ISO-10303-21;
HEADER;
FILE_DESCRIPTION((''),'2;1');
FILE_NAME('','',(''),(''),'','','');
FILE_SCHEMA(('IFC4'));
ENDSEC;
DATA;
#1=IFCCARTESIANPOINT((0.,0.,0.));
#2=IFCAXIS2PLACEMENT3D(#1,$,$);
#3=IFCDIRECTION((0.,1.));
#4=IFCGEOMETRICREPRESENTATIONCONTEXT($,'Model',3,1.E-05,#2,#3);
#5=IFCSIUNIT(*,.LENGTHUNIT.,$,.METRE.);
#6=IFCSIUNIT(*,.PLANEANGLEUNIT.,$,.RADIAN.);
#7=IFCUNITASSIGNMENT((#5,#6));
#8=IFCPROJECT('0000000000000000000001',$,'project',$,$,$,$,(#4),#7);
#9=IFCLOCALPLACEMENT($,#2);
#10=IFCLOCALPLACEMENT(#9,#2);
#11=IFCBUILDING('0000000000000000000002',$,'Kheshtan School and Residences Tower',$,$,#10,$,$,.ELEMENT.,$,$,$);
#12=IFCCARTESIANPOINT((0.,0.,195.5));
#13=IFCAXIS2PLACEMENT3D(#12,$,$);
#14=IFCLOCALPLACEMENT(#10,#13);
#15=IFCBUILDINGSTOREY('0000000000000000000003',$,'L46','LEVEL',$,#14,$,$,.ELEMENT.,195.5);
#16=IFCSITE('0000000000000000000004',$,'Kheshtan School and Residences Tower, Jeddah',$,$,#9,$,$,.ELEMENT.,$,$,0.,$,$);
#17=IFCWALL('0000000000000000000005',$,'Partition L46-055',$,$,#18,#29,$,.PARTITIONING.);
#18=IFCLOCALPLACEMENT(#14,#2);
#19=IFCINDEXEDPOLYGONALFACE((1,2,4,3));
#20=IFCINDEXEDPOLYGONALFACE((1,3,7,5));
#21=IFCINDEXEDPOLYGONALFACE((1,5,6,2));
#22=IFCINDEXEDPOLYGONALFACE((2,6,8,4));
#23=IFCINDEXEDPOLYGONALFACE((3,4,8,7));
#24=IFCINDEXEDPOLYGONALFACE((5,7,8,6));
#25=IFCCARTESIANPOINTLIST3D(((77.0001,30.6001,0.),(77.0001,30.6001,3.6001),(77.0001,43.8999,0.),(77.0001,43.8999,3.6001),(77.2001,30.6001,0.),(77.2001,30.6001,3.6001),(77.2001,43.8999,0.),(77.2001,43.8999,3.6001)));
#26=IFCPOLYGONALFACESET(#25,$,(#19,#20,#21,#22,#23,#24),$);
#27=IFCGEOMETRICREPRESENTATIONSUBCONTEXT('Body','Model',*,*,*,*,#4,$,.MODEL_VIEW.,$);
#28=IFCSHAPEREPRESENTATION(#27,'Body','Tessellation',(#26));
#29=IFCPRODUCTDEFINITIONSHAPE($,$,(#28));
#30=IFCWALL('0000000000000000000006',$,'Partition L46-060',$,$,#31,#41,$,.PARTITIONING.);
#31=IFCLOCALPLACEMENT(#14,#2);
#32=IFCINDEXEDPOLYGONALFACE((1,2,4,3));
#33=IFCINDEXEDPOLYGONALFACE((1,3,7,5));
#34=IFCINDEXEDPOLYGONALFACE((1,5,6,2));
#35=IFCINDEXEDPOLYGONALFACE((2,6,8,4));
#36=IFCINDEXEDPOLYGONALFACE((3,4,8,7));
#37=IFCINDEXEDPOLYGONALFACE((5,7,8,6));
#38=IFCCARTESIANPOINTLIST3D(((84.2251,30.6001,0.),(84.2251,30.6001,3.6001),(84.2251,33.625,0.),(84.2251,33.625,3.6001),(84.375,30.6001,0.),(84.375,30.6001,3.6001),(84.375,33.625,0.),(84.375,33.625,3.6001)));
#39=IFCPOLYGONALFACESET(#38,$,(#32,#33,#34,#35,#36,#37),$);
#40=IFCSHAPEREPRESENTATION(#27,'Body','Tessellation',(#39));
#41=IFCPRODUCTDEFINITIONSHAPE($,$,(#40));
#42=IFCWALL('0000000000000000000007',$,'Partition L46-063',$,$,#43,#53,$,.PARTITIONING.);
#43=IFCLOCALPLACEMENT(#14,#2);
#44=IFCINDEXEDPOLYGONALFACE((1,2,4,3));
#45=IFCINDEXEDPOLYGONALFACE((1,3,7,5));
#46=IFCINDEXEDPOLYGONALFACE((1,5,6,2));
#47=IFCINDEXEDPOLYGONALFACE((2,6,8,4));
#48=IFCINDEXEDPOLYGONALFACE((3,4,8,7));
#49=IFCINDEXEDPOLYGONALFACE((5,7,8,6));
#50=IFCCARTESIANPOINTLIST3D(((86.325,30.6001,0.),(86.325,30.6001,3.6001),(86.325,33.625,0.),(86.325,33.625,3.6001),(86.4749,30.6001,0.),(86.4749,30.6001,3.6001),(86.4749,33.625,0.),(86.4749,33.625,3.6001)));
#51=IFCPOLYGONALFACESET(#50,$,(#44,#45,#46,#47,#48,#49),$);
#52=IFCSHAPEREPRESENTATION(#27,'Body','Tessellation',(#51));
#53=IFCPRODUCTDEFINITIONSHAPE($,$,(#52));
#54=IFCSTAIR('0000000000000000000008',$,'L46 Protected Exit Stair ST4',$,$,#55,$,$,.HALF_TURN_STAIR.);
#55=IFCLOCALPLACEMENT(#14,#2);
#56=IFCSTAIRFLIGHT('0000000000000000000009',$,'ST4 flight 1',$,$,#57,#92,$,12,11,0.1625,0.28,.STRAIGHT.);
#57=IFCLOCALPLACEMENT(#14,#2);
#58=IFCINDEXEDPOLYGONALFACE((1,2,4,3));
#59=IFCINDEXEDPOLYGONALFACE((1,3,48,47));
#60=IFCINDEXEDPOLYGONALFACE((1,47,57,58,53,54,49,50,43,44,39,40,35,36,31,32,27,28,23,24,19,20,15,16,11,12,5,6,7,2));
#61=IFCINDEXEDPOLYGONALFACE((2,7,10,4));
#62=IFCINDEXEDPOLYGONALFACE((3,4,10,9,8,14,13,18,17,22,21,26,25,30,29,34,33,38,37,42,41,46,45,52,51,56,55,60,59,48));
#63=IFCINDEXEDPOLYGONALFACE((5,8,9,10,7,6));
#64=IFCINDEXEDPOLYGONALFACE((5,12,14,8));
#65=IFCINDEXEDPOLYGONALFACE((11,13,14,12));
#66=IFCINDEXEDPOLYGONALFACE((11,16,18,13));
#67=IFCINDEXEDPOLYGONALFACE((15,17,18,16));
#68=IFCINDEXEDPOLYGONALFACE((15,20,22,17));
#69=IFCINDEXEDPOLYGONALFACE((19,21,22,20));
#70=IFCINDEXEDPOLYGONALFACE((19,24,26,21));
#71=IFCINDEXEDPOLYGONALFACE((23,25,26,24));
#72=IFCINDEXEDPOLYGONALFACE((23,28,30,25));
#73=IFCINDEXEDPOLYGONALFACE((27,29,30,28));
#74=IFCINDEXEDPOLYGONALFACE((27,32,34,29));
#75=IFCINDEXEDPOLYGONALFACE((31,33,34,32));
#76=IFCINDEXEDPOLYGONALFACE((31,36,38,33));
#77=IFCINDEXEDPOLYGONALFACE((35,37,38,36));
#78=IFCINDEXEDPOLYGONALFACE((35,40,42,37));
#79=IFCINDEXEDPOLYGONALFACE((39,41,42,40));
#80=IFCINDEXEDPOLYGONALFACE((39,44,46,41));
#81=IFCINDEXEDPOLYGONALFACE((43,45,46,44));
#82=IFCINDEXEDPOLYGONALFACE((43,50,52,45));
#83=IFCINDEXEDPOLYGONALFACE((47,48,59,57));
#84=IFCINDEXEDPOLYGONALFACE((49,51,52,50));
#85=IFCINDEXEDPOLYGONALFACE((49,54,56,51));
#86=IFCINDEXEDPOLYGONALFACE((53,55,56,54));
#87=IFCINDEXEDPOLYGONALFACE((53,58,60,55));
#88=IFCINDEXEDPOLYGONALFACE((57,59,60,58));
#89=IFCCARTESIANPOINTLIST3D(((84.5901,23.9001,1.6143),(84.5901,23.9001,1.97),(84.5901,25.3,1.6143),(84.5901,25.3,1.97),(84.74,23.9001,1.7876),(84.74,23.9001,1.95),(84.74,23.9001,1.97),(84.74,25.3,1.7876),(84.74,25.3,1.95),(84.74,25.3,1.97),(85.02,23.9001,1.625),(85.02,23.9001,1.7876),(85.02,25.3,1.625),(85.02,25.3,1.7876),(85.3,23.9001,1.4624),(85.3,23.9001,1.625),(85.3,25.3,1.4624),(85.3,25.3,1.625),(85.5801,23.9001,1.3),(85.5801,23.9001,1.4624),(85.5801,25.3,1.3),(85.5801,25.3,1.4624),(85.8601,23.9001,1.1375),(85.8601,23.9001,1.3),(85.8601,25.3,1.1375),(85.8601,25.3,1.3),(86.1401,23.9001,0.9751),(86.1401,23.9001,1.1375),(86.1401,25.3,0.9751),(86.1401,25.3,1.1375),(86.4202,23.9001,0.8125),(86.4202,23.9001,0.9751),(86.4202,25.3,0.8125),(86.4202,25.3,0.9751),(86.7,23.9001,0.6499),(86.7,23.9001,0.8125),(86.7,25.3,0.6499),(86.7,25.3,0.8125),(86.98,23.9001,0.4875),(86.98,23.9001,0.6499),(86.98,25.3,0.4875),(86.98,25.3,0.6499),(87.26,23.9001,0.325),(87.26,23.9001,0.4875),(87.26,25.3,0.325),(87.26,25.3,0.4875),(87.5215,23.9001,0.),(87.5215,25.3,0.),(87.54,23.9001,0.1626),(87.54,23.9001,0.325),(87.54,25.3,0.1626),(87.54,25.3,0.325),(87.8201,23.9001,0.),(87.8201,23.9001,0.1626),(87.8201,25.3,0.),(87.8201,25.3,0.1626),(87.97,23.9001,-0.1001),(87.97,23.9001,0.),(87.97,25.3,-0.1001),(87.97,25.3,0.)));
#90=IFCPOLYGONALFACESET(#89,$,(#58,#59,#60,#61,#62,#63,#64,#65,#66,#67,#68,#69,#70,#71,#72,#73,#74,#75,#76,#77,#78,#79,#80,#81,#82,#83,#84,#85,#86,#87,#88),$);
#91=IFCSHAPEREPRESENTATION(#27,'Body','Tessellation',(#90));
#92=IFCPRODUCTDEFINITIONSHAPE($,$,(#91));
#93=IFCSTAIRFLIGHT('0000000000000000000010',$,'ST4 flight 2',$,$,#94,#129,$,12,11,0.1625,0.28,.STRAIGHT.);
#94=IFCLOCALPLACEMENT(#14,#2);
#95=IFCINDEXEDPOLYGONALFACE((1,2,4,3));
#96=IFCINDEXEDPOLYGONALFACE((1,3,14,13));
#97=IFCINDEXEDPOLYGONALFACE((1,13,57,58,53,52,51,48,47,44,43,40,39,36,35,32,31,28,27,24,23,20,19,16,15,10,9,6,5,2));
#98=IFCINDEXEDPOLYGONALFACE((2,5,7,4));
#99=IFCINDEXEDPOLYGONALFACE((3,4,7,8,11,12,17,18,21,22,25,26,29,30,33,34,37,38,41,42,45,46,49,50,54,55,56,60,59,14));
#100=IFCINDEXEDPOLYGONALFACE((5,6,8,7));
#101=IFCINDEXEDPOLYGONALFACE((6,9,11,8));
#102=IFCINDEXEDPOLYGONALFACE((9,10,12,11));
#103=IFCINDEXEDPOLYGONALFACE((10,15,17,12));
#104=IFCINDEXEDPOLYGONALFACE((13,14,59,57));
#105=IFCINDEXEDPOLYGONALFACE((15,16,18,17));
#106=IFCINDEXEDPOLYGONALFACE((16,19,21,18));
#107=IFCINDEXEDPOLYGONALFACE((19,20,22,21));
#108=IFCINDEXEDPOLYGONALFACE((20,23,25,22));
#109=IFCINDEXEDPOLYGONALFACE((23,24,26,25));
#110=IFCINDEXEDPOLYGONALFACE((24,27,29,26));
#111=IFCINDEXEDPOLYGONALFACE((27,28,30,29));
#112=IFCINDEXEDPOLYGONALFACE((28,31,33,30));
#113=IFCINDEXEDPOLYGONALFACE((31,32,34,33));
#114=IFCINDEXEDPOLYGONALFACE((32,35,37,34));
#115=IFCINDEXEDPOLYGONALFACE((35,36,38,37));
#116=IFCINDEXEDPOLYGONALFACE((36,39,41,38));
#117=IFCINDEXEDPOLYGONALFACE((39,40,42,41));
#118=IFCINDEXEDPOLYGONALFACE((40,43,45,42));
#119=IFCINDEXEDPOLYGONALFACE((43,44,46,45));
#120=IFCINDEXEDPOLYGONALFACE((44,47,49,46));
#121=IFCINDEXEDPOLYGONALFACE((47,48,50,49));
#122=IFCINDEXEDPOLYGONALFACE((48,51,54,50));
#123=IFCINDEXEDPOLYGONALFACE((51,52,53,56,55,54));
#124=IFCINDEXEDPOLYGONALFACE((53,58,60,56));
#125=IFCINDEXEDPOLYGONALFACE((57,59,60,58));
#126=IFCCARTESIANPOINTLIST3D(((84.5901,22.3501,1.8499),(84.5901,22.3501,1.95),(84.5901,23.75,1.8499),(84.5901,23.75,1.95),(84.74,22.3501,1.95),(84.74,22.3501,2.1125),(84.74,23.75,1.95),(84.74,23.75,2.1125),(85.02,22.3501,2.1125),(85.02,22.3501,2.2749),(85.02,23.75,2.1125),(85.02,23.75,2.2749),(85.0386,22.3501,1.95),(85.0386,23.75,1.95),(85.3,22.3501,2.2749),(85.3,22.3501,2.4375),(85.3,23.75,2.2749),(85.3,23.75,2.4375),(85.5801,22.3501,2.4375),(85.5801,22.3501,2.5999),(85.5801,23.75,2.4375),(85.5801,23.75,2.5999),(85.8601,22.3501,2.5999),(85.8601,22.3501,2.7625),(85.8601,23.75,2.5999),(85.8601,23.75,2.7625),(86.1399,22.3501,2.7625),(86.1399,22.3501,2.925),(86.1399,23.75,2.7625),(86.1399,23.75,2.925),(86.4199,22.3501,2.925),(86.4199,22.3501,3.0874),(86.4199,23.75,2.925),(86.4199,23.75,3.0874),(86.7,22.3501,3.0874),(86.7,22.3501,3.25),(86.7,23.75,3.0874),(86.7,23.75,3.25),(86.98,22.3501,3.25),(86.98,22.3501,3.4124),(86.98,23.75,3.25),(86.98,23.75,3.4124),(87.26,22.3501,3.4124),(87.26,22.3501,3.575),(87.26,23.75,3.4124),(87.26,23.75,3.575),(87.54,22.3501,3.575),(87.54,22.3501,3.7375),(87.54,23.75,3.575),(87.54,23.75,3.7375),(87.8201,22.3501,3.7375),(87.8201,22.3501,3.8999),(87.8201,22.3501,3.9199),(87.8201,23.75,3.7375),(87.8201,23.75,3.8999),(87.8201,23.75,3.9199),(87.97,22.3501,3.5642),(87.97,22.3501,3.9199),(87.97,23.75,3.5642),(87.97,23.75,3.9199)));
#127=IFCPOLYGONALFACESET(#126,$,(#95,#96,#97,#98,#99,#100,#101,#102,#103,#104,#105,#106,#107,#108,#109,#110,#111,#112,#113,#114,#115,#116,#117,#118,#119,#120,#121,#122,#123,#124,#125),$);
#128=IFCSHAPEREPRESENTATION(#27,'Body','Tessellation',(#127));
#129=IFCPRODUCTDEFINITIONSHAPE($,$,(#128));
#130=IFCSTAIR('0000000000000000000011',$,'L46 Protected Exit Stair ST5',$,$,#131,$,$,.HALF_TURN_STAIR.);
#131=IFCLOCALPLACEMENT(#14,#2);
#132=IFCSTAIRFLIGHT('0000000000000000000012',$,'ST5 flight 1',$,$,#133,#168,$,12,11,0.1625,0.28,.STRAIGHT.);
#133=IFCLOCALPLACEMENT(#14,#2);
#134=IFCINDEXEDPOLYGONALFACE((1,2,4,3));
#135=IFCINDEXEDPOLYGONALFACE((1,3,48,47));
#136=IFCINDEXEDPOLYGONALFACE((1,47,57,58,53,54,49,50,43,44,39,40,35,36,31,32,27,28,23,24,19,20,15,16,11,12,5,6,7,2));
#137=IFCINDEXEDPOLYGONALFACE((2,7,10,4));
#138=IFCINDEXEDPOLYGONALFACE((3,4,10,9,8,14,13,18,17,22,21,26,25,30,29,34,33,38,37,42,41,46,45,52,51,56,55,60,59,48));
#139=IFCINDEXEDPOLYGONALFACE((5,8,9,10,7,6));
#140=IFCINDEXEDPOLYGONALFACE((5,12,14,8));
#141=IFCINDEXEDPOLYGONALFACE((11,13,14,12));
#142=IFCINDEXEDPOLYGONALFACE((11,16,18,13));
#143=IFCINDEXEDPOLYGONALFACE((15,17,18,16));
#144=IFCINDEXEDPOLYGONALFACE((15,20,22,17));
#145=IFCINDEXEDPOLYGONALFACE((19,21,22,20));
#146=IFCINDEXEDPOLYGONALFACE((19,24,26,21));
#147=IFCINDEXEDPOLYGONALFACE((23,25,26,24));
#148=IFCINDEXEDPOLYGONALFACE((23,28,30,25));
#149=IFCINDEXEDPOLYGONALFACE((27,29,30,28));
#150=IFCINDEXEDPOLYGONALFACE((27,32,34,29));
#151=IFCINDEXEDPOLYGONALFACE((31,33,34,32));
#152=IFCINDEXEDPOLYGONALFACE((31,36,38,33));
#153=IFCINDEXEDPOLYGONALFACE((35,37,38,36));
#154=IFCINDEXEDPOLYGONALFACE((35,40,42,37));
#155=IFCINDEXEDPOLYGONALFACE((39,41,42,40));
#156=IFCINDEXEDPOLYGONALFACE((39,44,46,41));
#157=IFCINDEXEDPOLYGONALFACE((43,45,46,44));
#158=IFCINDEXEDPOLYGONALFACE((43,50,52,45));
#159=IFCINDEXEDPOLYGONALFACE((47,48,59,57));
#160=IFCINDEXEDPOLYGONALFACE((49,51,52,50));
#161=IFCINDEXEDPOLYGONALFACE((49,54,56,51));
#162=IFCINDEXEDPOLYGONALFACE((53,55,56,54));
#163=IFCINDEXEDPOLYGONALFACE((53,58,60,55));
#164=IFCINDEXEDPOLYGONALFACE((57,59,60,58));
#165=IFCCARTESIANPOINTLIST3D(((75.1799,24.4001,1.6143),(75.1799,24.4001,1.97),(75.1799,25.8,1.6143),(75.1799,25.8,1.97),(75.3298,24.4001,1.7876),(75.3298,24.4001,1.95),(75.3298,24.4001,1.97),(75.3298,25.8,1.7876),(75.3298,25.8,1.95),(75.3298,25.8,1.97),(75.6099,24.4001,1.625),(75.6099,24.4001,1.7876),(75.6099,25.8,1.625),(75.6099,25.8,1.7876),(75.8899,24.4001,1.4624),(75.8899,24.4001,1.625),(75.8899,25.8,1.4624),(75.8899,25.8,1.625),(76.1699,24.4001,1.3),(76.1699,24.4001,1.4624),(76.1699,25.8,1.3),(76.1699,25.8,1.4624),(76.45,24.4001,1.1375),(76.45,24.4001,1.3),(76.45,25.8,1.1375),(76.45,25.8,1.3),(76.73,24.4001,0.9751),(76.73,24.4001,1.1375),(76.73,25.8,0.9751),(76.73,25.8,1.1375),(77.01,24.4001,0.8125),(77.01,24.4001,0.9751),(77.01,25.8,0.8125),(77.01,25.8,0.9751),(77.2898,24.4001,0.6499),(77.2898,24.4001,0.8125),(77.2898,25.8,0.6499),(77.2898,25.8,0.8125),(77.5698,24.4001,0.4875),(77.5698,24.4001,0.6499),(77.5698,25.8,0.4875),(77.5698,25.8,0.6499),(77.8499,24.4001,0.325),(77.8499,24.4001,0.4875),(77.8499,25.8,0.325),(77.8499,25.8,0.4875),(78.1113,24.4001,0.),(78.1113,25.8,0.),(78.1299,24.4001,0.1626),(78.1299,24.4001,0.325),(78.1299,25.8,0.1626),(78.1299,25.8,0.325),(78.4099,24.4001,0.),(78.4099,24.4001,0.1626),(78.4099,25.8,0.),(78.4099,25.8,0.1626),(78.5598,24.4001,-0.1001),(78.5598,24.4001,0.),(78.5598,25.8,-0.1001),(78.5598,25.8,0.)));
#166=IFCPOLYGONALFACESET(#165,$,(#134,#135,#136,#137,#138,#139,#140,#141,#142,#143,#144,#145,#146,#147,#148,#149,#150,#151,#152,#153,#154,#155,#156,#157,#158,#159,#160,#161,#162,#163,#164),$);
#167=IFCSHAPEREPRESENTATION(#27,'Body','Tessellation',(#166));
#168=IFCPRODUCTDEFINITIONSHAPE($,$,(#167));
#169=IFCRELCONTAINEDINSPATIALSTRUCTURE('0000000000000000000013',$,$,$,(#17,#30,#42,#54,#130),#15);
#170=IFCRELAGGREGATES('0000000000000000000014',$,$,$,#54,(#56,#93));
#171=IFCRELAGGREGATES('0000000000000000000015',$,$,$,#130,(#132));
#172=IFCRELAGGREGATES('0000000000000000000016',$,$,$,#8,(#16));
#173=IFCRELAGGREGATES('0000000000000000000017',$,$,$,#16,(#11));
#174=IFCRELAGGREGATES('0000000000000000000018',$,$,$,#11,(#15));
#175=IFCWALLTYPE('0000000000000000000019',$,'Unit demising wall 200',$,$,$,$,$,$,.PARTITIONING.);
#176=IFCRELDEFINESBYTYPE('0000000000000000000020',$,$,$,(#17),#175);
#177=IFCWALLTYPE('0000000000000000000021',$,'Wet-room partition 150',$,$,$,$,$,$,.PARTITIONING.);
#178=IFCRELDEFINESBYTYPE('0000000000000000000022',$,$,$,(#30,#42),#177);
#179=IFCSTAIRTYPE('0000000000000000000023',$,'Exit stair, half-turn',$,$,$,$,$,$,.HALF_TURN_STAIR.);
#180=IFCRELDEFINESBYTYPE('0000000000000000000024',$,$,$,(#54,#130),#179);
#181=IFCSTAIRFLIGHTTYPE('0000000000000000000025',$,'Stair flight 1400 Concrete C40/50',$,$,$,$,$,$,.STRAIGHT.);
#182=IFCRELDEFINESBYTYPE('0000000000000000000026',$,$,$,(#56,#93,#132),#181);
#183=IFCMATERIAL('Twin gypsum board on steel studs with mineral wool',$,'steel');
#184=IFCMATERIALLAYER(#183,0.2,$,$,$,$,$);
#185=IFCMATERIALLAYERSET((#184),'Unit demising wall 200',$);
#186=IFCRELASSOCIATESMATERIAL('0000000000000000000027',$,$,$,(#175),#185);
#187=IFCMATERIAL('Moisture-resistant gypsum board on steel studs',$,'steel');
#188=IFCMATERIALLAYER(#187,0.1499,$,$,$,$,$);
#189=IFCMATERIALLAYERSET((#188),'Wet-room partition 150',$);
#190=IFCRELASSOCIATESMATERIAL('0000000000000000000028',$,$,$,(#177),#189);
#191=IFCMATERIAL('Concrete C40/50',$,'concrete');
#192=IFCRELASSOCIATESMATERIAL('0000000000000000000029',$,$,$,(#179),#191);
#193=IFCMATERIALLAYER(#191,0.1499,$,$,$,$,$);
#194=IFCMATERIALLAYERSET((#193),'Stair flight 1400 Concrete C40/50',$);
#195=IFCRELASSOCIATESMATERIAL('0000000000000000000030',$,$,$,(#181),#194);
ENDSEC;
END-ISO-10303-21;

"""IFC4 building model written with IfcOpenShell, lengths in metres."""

from ifc_helpers import new_model, si_unit, direction, frame, frame_2d, origin, place, context, subcontext, project, spatial, polyline, rectangle, outline, extrude, material, layer, layer_set, type_object, element, aggregate, save


model = new_model("IFC4")

# Units and contexts
model_context = context("Model", 3, precision=1e-05, world=origin(), true_north=direction((0.0, 1.0)))
body_context = subcontext(model_context, "Body", "Model", "MODEL_VIEW")
ifc_project = project(units=[si_unit("LENGTHUNIT", "METRE"), si_unit("PLANEANGLEUNIT", "RADIAN")], contexts=[model_context])

# Site, building, storey
site_placement = place(None, origin())
site = spatial("IfcSite", under=ifc_project, at=site_placement, Name="Kheshtan School and Residences Tower, Jeddah", CompositionType="ELEMENT", RefElevation=0.0)
building_placement = place(site_placement, origin())
building = spatial("IfcBuilding", under=site, at=building_placement, Name="Kheshtan School and Residences Tower", CompositionType="ELEMENT")
storey_placement = place(building_placement, frame((0.0, 0.0, 195.5)))
storey = spatial("IfcBuildingStorey", under=building, at=storey_placement, Name="L46", Description="LEVEL", CompositionType="ELEMENT", Elevation=195.5)

# Shared definitions
ifc_material_1 = material(Name="Concrete C40/50", Category="concrete")

# Walls
ifc_material_2 = material(Name="Twin gypsum board on steel studs with mineral wool", Category="steel")
ifc_layer_1 = layer(ifc_material_2, 0.2)
ifc_layer_set_1 = layer_set([ifc_layer_1], Name="Unit demising wall 200")
wall_type_1 = type_object("IfcWallType", Name="Unit demising wall 200", PredefinedType="PARTITIONING", material=ifc_layer_set_1)
wall_1_placement = place(storey_placement, frame((77.1001, 30.6001, 0.0), z_axis=(0.0, 0.0, 1.0), x_axis=(0.0, 1.0, 0.0)))
element("IfcWall", 1, at=wall_1_placement, inside=storey, type_object=wall_type_1, Name="Partition L46-055", PredefinedType="PARTITIONING", context=body_context, shape_type="SweptSolid", body=[
    extrude(rectangle(XDim=13.2998, YDim=0.2, at=frame_2d((6.6499, 0.0))), origin(), (0.0, 0.0, 1.0), 3.6001),
])
ifc_material_3 = material(Name="Moisture-resistant gypsum board on steel studs", Category="steel")
ifc_layer_2 = layer(ifc_material_3, 0.1499)
ifc_layer_set_2 = layer_set([ifc_layer_2], Name="Wet-room partition 150")
wall_type_2 = type_object("IfcWallType", Name="Wet-room partition 150", PredefinedType="PARTITIONING", material=ifc_layer_set_2)
for number, where, z_axis, x_axis, name in (
    (2, (84.3, 30.6001, 0.0), (0.0, 0.0, 1.0), (0.0, 1.0, 0.0), "Partition L46-060"),
    (3, (86.3999, 30.6001, 0.0), (0.0, 0.0, 1.0), (0.0, 1.0, 0.0), "Partition L46-063"),
):
    element("IfcWall", number, at=place(storey_placement, frame(where, z_axis=z_axis, x_axis=x_axis)), inside=storey, type_object=wall_type_2, Name=name, PredefinedType="PARTITIONING", context=body_context, shape_type="SweptSolid", body=[
        extrude(rectangle(XDim=3.0249, YDim=0.1499, at=frame_2d((1.5125, 0.0))), origin(), (0.0, 0.0, 1.0), 3.6001),
    ])

# Stair, stair flights
stair_type = type_object("IfcStairType", Name="Exit stair, half-turn", PredefinedType="HALF_TURN_STAIR", material=ifc_material_1)
stair_1_placement = place(storey_placement, origin())
stair_1 = element("IfcStair", 4, at=stair_1_placement, inside=storey, type_object=stair_type, Name="L46 Protected Exit Stair ST4", PredefinedType="HALF_TURN_STAIR")
ifc_layer_3 = layer(ifc_material_1, 0.1499)
ifc_layer_set_3 = layer_set([ifc_layer_3], Name="Stair flight 1400 Concrete C40/50")
stair_flight_type = type_object("IfcStairFlightType", Name="Stair flight 1400 Concrete C40/50", PredefinedType="STRAIGHT", material=ifc_layer_set_3)
stair_flight_1_placement = place(storey_placement, frame((87.8201, 24.6001, 0.0), z_axis=(0.0, 0.0, 1.0), x_axis=(-1.0, 0.0, 0.0)))
stair_flight_1 = element("IfcStairFlight", 5, at=stair_flight_1_placement, type_object=stair_flight_type, Name="ST4 flight 1", NumberOfRisers=12, NumberOfTreads=11, PredefinedType="STRAIGHT", RiserHeight=0.1625, TreadLength=0.28, context=body_context, shape_type="SweptSolid", body=[
    extrude(outline(polyline([(-0.1499, -0.1001), (-0.1499, 0.0), (0.0, 0.0), (0.0, 0.1626), (0.28, 0.1626), (0.28, 0.325), (0.5601, 0.325), (0.5601, 0.4875), (0.8401, 0.4875), (0.8401, 0.6499), (1.1201, 0.6499), (1.1201, 0.8125), (1.3999, 0.8125), (1.3999, 0.9751), (1.6799, 0.9751), (1.6799, 1.1375), (1.96, 1.1375), (1.96, 1.3), (2.24, 1.3), (2.24, 1.4624), (2.52, 1.4624), (2.52, 1.625), (2.8, 1.625), (2.8, 1.7876), (3.0801, 1.7876), (3.0801, 1.95), (3.0801, 1.97), (3.23, 1.97), (3.23, 1.6143), (0.2986, 0.0), (-0.1499, -0.1001)])), frame((0.0, 0.7, 0.0), z_axis=(0.0, -1.0, 0.0), x_axis=(1.0, 0.0, 0.0)), (0.0, 0.0, 1.0), 1.3999),
])
stair_flight_2_placement = place(storey_placement, frame((84.74, 23.05, 1.95), z_axis=(0.0, 0.0, 1.0), x_axis=(1.0, 0.0, 0.0)))
stair_flight_2 = element("IfcStairFlight", 6, at=stair_flight_2_placement, type_object=stair_flight_type, Name="ST4 flight 2", NumberOfRisers=12, NumberOfTreads=11, PredefinedType="STRAIGHT", RiserHeight=0.1625, TreadLength=0.28, context=body_context, shape_type="SweptSolid", body=[
    extrude(outline(polyline([(-0.1499, -0.1001), (-0.1499, 0.0), (0.0, 0.0), (0.0, 0.1626), (0.28, 0.1626), (0.28, 0.325), (0.5601, 0.325), (0.5601, 0.4875), (0.8401, 0.4875), (0.8401, 0.6499), (1.1201, 0.6499), (1.1201, 0.8125), (1.3999, 0.8125), (1.3999, 0.9751), (1.6799, 0.9751), (1.6799, 1.1375), (1.96, 1.1375), (1.96, 1.3), (2.24, 1.3), (2.24, 1.4624), (2.52, 1.4624), (2.52, 1.625), (2.8, 1.625), (2.8, 1.7876), (3.0801, 1.7876), (3.0801, 1.95), (3.0801, 1.97), (3.23, 1.97), (3.23, 1.6143), (0.2986, 0.0), (-0.1499, -0.1001)])), frame((0.0, 0.7, 0.0), z_axis=(0.0, -1.0, 0.0), x_axis=(1.0, 0.0, 0.0)), (0.0, 0.0, 1.0), 1.3999),
])
aggregate(stair_1, [stair_flight_1, stair_flight_2])

# Stair, stair flight
stair_2_placement = place(storey_placement, origin())
stair_2 = element("IfcStair", 7, at=stair_2_placement, inside=storey, type_object=stair_type, Name="L46 Protected Exit Stair ST5", PredefinedType="HALF_TURN_STAIR")
stair_flight_3_placement = place(storey_placement, frame((78.4099, 25.1001, 0.0), z_axis=(0.0, 0.0, 1.0), x_axis=(-1.0, 0.0, 0.0)))
stair_flight_3 = element("IfcStairFlight", 8, at=stair_flight_3_placement, type_object=stair_flight_type, Name="ST5 flight 1", NumberOfRisers=12, NumberOfTreads=11, PredefinedType="STRAIGHT", RiserHeight=0.1625, TreadLength=0.28, context=body_context, shape_type="SweptSolid", body=[
    extrude(outline(polyline([(-0.1499, -0.1001), (-0.1499, 0.0), (0.0, 0.0), (0.0, 0.1626), (0.28, 0.1626), (0.28, 0.325), (0.5601, 0.325), (0.5601, 0.4875), (0.8401, 0.4875), (0.8401, 0.6499), (1.1201, 0.6499), (1.1201, 0.8125), (1.3999, 0.8125), (1.3999, 0.9751), (1.6799, 0.9751), (1.6799, 1.1375), (1.96, 1.1375), (1.96, 1.3), (2.24, 1.3), (2.24, 1.4624), (2.52, 1.4624), (2.52, 1.625), (2.8, 1.625), (2.8, 1.7876), (3.0801, 1.7876), (3.0801, 1.95), (3.0801, 1.97), (3.23, 1.97), (3.23, 1.6143), (0.2986, 0.0), (-0.1499, -0.1001)])), frame((0.0, 0.7, 0.0), z_axis=(0.0, -1.0, 0.0), x_axis=(1.0, 0.0, 0.0)), (0.0, 0.0, 1.0), 1.3999),
])
aggregate(stair_2, [stair_flight_3])

save(model, "model.ifc")
